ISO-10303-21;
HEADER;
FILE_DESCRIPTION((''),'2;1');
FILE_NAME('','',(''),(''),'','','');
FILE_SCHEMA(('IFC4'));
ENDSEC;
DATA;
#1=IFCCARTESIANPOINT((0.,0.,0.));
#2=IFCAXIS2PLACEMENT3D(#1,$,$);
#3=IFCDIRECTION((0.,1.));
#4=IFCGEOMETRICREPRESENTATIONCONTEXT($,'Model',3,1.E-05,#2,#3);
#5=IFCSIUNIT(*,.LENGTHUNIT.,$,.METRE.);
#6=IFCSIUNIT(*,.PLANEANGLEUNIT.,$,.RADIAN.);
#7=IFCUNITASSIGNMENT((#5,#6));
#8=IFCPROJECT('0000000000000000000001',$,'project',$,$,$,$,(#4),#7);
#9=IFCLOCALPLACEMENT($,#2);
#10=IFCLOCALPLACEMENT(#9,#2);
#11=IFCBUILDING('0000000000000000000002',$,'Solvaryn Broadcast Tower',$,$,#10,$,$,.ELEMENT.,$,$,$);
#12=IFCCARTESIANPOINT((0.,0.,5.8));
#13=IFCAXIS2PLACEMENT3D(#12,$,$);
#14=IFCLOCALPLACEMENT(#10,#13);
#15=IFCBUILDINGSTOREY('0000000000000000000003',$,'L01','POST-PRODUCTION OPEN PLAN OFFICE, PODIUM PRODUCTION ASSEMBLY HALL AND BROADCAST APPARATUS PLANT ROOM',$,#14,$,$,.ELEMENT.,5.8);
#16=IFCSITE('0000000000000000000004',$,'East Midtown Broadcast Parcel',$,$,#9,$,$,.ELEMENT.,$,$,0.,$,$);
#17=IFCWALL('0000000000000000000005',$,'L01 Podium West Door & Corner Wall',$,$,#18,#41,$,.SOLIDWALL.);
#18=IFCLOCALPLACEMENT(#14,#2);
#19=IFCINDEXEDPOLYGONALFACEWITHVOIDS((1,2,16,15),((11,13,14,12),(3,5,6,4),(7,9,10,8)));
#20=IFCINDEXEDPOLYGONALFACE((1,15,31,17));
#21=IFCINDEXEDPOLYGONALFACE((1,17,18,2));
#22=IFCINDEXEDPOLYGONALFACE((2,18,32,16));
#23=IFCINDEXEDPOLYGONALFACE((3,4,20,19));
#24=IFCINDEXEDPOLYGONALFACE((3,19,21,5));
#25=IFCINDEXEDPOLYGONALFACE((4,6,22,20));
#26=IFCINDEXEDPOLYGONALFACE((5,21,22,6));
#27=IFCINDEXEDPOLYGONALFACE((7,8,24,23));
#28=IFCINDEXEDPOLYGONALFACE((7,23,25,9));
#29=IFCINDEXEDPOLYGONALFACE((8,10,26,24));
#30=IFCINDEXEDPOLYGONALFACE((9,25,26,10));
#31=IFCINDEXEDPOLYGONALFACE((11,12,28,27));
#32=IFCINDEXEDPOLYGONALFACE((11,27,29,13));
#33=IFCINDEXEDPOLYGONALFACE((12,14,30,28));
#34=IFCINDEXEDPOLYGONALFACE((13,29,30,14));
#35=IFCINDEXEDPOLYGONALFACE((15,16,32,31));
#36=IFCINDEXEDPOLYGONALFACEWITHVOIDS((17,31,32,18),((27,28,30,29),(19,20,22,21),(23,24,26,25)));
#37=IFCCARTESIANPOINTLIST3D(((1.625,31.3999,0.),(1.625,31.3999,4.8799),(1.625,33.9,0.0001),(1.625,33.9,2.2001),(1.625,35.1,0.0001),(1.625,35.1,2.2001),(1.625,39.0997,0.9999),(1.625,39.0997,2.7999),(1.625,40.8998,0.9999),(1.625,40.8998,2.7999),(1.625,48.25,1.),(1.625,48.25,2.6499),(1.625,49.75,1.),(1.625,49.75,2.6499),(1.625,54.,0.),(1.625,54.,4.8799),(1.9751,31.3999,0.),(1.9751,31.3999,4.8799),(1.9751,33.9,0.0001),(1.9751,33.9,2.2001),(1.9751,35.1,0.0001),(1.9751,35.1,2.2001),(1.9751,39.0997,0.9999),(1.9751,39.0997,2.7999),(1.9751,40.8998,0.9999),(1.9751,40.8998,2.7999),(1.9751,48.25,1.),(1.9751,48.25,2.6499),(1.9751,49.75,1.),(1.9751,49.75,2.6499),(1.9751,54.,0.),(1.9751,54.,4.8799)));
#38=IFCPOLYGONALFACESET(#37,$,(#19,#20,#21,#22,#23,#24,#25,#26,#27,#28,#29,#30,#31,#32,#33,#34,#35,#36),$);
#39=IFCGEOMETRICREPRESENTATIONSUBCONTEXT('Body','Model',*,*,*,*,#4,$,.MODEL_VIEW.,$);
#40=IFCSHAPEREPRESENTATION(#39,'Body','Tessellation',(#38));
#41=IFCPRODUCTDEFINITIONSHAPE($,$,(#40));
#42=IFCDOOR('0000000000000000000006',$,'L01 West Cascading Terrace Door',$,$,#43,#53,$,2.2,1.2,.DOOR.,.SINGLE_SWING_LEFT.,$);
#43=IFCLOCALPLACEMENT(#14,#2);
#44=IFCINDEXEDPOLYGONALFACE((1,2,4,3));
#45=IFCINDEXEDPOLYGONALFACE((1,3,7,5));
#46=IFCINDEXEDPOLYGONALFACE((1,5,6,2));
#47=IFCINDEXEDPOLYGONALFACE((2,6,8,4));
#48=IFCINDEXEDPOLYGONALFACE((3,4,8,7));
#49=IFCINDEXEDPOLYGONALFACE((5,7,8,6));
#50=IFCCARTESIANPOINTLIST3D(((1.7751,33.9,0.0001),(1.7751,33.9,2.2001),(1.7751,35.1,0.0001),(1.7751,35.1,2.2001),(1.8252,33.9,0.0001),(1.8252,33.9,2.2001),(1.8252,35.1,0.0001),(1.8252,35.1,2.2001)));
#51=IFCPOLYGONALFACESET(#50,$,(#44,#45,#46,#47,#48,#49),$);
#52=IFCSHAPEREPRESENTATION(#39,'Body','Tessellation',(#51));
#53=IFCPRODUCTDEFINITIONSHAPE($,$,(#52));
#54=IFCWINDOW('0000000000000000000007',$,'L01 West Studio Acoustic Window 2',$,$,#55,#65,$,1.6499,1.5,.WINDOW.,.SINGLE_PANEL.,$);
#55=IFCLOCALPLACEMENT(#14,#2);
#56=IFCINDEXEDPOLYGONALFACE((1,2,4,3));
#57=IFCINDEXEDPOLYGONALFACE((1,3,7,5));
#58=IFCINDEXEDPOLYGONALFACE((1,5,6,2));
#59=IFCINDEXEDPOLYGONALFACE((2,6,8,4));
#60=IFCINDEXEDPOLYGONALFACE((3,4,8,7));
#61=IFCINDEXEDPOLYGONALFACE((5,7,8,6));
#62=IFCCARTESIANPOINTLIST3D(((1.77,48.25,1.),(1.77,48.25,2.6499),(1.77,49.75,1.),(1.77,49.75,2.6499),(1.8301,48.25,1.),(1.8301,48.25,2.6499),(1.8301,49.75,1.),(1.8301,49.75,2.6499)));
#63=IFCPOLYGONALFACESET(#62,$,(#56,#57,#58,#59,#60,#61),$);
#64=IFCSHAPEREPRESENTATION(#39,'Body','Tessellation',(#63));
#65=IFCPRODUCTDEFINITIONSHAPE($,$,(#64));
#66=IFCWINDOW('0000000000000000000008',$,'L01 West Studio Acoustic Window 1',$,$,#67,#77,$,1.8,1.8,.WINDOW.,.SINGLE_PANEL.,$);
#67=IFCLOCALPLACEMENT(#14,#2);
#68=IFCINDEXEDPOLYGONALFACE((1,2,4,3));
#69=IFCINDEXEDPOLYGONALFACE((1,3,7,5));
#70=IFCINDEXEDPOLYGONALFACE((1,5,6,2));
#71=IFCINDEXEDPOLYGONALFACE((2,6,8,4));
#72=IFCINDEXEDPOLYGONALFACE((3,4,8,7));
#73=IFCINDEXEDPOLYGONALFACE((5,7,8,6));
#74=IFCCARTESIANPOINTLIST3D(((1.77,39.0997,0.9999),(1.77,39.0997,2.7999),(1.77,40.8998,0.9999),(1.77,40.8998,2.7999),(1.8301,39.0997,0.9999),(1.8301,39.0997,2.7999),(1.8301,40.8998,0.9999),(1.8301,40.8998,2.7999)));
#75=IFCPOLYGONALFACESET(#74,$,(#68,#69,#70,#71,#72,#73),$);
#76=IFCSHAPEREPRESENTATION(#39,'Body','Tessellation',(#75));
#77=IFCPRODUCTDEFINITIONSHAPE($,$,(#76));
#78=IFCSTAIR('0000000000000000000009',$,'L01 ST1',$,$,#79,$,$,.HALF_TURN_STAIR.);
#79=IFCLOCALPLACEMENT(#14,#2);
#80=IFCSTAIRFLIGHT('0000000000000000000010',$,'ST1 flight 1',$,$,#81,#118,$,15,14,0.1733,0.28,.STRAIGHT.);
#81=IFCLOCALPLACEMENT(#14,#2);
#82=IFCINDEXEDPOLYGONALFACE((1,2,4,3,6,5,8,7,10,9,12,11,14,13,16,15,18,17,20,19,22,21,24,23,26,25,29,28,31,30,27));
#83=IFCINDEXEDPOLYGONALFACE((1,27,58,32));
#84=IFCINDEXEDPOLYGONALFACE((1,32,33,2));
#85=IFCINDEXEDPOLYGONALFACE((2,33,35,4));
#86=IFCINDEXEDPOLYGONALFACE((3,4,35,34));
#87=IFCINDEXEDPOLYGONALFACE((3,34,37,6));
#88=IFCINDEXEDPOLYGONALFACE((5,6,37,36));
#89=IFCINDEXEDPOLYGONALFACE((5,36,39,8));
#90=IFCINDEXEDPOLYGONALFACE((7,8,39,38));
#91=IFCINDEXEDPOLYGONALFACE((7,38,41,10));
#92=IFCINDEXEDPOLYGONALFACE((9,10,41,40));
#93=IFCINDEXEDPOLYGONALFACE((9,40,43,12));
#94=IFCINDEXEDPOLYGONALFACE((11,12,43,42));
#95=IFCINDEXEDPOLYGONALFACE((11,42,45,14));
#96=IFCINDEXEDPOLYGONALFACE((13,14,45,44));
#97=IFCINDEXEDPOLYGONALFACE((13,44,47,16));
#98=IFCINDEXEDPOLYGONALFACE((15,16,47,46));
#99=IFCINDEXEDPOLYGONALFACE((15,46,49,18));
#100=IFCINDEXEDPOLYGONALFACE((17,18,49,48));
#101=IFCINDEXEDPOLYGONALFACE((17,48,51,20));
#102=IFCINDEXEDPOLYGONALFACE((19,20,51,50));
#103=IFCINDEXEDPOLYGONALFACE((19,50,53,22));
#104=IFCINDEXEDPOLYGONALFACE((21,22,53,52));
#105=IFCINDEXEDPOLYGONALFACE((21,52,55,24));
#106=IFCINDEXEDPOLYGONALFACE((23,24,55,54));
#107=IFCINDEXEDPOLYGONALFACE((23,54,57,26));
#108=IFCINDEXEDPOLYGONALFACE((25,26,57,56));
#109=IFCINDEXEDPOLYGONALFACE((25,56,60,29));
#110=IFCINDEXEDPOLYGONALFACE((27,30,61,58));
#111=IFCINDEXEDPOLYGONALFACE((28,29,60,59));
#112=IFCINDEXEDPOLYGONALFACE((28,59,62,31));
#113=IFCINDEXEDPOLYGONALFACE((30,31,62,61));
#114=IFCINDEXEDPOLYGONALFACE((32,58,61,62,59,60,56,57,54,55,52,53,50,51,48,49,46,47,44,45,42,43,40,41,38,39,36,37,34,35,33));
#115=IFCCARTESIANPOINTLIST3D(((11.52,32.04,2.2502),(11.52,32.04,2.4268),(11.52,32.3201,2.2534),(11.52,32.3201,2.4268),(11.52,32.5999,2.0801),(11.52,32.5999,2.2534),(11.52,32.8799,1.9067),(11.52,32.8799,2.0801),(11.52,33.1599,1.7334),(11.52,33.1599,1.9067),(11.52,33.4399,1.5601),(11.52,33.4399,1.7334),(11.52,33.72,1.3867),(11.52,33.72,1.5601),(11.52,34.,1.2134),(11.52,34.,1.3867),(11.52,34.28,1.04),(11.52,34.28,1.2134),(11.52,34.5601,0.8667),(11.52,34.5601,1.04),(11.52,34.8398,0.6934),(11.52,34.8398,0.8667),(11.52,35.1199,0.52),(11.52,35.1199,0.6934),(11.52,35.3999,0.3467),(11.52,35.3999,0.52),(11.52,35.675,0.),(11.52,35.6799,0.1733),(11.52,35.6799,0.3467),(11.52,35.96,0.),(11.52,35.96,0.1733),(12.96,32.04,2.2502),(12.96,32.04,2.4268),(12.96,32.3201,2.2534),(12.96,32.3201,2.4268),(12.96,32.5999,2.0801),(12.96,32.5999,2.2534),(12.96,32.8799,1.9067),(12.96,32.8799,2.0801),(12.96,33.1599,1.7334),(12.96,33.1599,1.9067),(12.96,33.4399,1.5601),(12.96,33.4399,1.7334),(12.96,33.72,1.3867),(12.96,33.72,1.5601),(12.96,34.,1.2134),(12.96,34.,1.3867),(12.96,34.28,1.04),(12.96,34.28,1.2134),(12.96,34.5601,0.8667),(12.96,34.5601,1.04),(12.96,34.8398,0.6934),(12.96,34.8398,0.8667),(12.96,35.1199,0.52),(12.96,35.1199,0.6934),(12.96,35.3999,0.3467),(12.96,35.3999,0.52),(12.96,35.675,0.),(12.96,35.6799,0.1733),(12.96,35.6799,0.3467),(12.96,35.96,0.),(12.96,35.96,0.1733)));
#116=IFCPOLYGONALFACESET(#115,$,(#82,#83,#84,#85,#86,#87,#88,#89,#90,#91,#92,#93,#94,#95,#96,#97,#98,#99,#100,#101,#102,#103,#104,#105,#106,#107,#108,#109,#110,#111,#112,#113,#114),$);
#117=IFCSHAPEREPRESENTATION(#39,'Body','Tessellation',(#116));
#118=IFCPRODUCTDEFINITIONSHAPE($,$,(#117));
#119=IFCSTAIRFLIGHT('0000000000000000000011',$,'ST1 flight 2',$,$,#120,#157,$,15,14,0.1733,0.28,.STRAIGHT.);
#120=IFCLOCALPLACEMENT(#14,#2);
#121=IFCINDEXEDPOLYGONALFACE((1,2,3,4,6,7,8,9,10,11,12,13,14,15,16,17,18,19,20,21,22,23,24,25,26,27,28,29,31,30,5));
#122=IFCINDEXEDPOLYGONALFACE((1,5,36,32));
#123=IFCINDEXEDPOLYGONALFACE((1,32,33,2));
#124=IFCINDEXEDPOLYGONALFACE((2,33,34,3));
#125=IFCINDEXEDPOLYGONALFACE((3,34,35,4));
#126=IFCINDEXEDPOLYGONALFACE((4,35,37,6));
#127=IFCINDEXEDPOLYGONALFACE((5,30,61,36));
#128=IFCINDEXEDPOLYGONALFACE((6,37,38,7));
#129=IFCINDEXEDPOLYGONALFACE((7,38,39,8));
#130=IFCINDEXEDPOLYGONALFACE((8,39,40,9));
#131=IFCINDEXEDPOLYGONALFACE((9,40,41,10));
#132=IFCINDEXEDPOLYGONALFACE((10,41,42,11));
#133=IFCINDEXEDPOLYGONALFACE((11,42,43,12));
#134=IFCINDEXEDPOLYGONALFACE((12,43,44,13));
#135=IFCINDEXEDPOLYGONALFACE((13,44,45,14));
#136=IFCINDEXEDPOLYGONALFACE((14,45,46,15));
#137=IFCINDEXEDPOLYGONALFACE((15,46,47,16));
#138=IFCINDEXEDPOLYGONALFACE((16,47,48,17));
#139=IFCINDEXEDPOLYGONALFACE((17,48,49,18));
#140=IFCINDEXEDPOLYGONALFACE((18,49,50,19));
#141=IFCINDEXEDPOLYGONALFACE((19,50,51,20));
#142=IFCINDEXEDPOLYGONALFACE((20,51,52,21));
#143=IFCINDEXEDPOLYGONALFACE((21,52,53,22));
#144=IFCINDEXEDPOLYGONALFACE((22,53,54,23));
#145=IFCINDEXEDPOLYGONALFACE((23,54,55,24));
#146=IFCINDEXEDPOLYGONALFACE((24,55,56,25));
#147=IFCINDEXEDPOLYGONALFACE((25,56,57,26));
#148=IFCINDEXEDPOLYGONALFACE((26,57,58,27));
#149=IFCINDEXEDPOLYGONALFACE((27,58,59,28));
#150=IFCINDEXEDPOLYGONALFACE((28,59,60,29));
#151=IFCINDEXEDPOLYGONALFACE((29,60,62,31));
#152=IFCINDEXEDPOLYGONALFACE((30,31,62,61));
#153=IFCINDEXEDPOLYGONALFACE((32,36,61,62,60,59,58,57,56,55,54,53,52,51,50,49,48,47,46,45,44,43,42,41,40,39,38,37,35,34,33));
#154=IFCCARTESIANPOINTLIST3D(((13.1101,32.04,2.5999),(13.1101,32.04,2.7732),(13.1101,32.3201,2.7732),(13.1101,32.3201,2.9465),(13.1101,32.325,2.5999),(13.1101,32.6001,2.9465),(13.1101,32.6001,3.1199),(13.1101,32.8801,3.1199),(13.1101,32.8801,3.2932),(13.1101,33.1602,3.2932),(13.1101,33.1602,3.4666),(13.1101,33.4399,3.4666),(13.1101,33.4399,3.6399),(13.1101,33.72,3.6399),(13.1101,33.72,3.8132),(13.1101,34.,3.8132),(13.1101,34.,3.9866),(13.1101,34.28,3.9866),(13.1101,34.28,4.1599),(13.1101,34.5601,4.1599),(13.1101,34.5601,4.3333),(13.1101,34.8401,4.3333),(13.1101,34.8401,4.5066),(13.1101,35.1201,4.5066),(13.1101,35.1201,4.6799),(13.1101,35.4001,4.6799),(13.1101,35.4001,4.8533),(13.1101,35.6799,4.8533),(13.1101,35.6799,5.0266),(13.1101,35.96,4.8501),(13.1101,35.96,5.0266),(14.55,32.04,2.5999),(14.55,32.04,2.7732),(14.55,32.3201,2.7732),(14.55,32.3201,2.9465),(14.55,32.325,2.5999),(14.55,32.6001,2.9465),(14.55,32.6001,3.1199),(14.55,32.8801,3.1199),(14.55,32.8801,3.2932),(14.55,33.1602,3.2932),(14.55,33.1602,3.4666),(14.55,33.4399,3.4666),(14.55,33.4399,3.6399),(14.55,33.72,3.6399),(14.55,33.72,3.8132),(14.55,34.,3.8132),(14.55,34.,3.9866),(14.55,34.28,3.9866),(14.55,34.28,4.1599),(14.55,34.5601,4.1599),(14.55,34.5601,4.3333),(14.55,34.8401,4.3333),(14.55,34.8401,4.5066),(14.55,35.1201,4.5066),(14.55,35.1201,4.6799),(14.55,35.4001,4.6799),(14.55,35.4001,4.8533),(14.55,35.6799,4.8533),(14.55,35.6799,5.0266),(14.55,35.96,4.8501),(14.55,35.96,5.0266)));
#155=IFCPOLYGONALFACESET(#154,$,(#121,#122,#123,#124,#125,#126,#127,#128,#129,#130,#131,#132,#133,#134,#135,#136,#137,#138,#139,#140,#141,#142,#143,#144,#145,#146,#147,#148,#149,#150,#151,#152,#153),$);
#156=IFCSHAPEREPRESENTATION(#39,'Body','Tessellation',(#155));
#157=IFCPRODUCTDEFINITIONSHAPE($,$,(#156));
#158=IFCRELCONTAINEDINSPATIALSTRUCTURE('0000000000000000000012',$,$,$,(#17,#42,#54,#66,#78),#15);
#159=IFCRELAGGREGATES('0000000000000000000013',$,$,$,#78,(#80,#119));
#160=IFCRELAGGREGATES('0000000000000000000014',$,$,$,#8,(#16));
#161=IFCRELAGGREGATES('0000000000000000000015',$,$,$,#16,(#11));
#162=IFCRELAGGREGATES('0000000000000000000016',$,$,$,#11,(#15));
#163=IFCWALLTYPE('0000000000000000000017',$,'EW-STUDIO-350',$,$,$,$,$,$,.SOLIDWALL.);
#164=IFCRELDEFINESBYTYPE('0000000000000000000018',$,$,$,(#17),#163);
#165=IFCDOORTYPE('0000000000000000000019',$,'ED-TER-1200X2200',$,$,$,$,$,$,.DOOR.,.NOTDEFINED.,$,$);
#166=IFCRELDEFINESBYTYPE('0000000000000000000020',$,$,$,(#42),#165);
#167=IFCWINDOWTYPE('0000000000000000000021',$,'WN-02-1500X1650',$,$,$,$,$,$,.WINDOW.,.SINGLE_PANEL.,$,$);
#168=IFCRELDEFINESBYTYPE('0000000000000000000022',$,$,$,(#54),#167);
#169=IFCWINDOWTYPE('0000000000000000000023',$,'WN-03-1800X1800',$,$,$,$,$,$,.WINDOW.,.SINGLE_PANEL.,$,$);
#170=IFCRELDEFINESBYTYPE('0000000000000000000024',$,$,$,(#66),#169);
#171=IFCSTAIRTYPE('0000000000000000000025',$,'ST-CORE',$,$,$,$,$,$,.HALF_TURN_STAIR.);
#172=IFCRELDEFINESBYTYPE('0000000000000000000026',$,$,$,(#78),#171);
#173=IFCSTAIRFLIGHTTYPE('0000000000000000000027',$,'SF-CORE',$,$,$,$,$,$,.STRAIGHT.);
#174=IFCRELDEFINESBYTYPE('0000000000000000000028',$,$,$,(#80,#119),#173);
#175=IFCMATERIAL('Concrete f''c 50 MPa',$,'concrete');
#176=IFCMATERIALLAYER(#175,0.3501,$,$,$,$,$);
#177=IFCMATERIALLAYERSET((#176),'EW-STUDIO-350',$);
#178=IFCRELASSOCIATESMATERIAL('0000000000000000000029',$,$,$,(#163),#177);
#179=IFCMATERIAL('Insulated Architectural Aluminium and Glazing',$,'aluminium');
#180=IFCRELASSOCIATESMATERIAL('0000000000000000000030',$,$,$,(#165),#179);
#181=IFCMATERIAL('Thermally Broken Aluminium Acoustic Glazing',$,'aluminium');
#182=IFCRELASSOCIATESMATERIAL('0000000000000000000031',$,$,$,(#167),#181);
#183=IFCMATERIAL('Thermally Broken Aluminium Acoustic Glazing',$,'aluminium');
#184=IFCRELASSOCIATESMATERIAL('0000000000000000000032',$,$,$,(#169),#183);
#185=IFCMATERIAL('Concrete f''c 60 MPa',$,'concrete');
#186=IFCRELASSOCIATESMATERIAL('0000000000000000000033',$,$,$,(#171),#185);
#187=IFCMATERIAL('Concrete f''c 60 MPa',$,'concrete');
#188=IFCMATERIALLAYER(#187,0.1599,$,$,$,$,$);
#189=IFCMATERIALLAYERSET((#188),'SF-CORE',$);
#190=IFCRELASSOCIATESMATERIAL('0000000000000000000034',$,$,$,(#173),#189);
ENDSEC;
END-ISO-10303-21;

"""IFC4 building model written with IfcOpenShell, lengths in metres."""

from ifc_helpers import new_model, si_unit, direction, frame, frame_2d, origin, place, context, subcontext, project, spatial, polyline, rectangle, outline, extrude, material, layer, layer_set, type_object, element, fill, aggregate, save


model = new_model("IFC4")

# Units and contexts
model_context = context("Model", 3, precision=1e-05, world=origin(), true_north=direction((0.0, 1.0)))
body_context = subcontext(model_context, "Body", "Model", "MODEL_VIEW")
ifc_project = project(units=[si_unit("LENGTHUNIT", "METRE"), si_unit("PLANEANGLEUNIT", "RADIAN")], contexts=[model_context])

# Site, building, storey
site_placement = place(None, origin())
site = spatial("IfcSite", under=ifc_project, at=site_placement, Name="East Midtown Broadcast Parcel", CompositionType="ELEMENT", RefElevation=0.0)
building_placement = place(site_placement, origin())
building = spatial("IfcBuilding", under=site, at=building_placement, Name="Solvaryn Broadcast Tower", CompositionType="ELEMENT")
storey_placement = place(building_placement, frame((0.0, 0.0, 5.8)))
storey = spatial("IfcBuildingStorey", under=building, at=storey_placement, Name="L01", Description="POST-PRODUCTION OPEN PLAN OFFICE, PODIUM PRODUCTION ASSEMBLY HALL AND BROADCAST APPARATUS PLANT ROOM", CompositionType="ELEMENT", Elevation=5.8)

# Wall, openings, door, windows
ifc_material_1 = material(Name="Concrete f'c 50 MPa", Category="concrete")
ifc_layer_1 = layer(ifc_material_1, 0.3501)
ifc_layer_set_1 = layer_set([ifc_layer_1], Name="EW-STUDIO-350")
wall_type = type_object("IfcWallType", Name="EW-STUDIO-350", PredefinedType="SOLIDWALL", material=ifc_layer_set_1)
wall_placement = place(storey_placement, frame((1.8, 31.3999, 0.0), z_axis=(0.0, 0.0, 1.0), x_axis=(0.0, 1.0, 0.0)))
wall = element("IfcWall", 1, at=wall_placement, inside=storey, type_object=wall_type, Name="L01 Podium West Door & Corner Wall", PredefinedType="SOLIDWALL", context=body_context, shape_type="SweptSolid", body=[
    extrude(rectangle(XDim=22.6001, YDim=0.3501, at=frame_2d((11.3, 0.0))), origin(), (0.0, 0.0, 1.0), 4.8799),
])
opening_1_placement = place(wall_placement, frame((2.5, 0.0, 0.0)))
opening_1 = element("IfcOpeningElement", 2, at=opening_1_placement, cuts=wall, PredefinedType="OPENING", context=body_context, shape_type="SweptSolid", body=[
    extrude(rectangle(XDim=1.2, YDim=2.2, at=frame_2d((0.6001, 1.1001))), frame((0.0, 0.1851, 0.0), z_axis=(0.0, -1.0, 0.0), x_axis=(1.0, 0.0, 0.0)), (0.0, 0.0, 1.0), 0.3701),
])
opening_2_placement = place(wall_placement, frame((7.7, 0.0, 1.0)))
opening_2 = element("IfcOpeningElement", 3, at=opening_2_placement, cuts=wall, PredefinedType="OPENING", context=body_context, shape_type="SweptSolid", body=[
    extrude(rectangle(XDim=1.8, YDim=1.8, at=frame_2d((0.8999, 0.8999))), frame((0.0, 0.1851, 0.0), z_axis=(0.0, -1.0, 0.0), x_axis=(1.0, 0.0, 0.0)), (0.0, 0.0, 1.0), 0.3701),
])
opening_3_placement = place(wall_placement, frame((16.8501, 0.0, 1.0)))
opening_3 = element("IfcOpeningElement", 4, at=opening_3_placement, cuts=wall, PredefinedType="OPENING", context=body_context, shape_type="SweptSolid", body=[
    extrude(rectangle(XDim=1.5, YDim=1.6499, at=frame_2d((0.75, 0.825))), frame((0.0, 0.1851, 0.0), z_axis=(0.0, -1.0, 0.0), x_axis=(1.0, 0.0, 0.0)), (0.0, 0.0, 1.0), 0.3701),
])
ifc_material_2 = material(Name="Insulated Architectural Aluminium and Glazing", Category="aluminium")
door_type = type_object("IfcDoorType", Name="ED-TER-1200X2200", OperationType="NOTDEFINED", PredefinedType="DOOR", material=ifc_material_2)
door_placement = place(opening_1_placement, origin())
door = element("IfcDoor", 5, at=door_placement, inside=storey, type_object=door_type, Name="L01 West Cascading Terrace Door", OperationType="SINGLE_SWING_LEFT", OverallHeight=2.2, OverallWidth=1.2, PredefinedType="DOOR", context=body_context, shape_type="SweptSolid", body=[
    extrude(rectangle(XDim=1.2, YDim=2.2, at=frame_2d((0.6001, 1.1001))), frame((0.0, 0.0249, 0.0), z_axis=(0.0, -1.0, 0.0), x_axis=(1.0, 0.0, 0.0)), (0.0, 0.0, 1.0), 0.05),
])
fill(opening_1, door)
ifc_material_3 = material(Name="Thermally Broken Aluminium Acoustic Glazing", Category="aluminium")
window_type_1 = type_object("IfcWindowType", Name="WN-02-1500X1650", PartitioningType="SINGLE_PANEL", PredefinedType="WINDOW", material=ifc_material_3)
window_1_placement = place(opening_3_placement, origin())
window_1 = element("IfcWindow", 6, at=window_1_placement, inside=storey, type_object=window_type_1, Name="L01 West Studio Acoustic Window 2", OverallHeight=1.6499, OverallWidth=1.5, PartitioningType="SINGLE_PANEL", PredefinedType="WINDOW", context=body_context, shape_type="SweptSolid", body=[
    extrude(rectangle(XDim=1.5, YDim=1.6499, at=frame_2d((0.75, 0.825))), frame((0.0, 0.03, 0.0), z_axis=(0.0, -1.0, 0.0), x_axis=(1.0, 0.0, 0.0)), (0.0, 0.0, 1.0), 0.0601),
])
fill(opening_3, window_1)
ifc_material_4 = material(Name="Thermally Broken Aluminium Acoustic Glazing", Category="aluminium")
window_type_2 = type_object("IfcWindowType", Name="WN-03-1800X1800", PartitioningType="SINGLE_PANEL", PredefinedType="WINDOW", material=ifc_material_4)
window_2_placement = place(opening_2_placement, origin())
window_2 = element("IfcWindow", 7, at=window_2_placement, inside=storey, type_object=window_type_2, Name="L01 West Studio Acoustic Window 1", OverallHeight=1.8, OverallWidth=1.8, PartitioningType="SINGLE_PANEL", PredefinedType="WINDOW", context=body_context, shape_type="SweptSolid", body=[
    extrude(rectangle(XDim=1.8, YDim=1.8, at=frame_2d((0.8999, 0.8999))), frame((0.0, 0.03, 0.0), z_axis=(0.0, -1.0, 0.0), x_axis=(1.0, 0.0, 0.0)), (0.0, 0.0, 1.0), 0.0601),
])
fill(opening_2, window_2)

# Stair, stair flights
ifc_material_5 = material(Name="Concrete f'c 60 MPa", Category="concrete")
stair_type = type_object("IfcStairType", Name="ST-CORE", PredefinedType="HALF_TURN_STAIR", material=ifc_material_5)
stair_placement = place(storey_placement, origin())
stair = element("IfcStair", 8, at=stair_placement, inside=storey, type_object=stair_type, Name="L01 ST1", PredefinedType="HALF_TURN_STAIR")
ifc_material_6 = material(Name="Concrete f'c 60 MPa", Category="concrete")
ifc_layer_2 = layer(ifc_material_6, 0.1599)
ifc_layer_set_2 = layer_set([ifc_layer_2], Name="SF-CORE")
stair_flight_type = type_object("IfcStairFlightType", Name="SF-CORE", PredefinedType="STRAIGHT", material=ifc_layer_set_2)
stair_flight_1_placement = place(storey_placement, frame((12.24, 35.96, 0.0), z_axis=(0.0, 0.0, 1.0), x_axis=(0.0, -1.0, 0.0)))
stair_flight_1 = element("IfcStairFlight", 9, at=stair_flight_1_placement, type_object=stair_flight_type, Name="ST1 flight 1", NumberOfRisers=15, NumberOfTreads=14, PredefinedType="STRAIGHT", RiserHeight=0.1733, TreadLength=0.28, context=body_context, shape_type="SweptSolid", body=[
    extrude(outline(polyline([(0.0, 0.0), (0.0, 0.1733), (0.28, 0.1733), (0.28, 0.3467), (0.5601, 0.3467), (0.5601, 0.52), (0.8401, 0.52), (0.8401, 0.6934), (1.1201, 0.6934), (1.1201, 0.8667), (1.3999, 0.8667), (1.3999, 1.04), (1.6799, 1.04), (1.6799, 1.2134), (1.96, 1.2134), (1.96, 1.3867), (2.24, 1.3867), (2.24, 1.5601), (2.52, 1.5601), (2.52, 1.7334), (2.8, 1.7334), (2.8, 1.9067), (3.0801, 1.9067), (3.0801, 2.0801), (3.3601, 2.0801), (3.3601, 2.2534), (3.6399, 2.2534), (3.6399, 2.4268), (3.9199, 2.4268), (3.9199, 2.6001), (3.9199, 2.2502), (0.2849, 0.0), (0.0, 0.0)])), frame((0.0, 0.72, 0.0), z_axis=(0.0, -1.0, 0.0), x_axis=(1.0, 0.0, 0.0)), (0.0, 0.0, 1.0), 1.4399),
])
stair_flight_2_placement = place(storey_placement, frame((13.8301, 32.04, 2.5999), z_axis=(0.0, 0.0, 1.0), x_axis=(0.0, 1.0, 0.0)))
stair_flight_2 = element("IfcStairFlight", 10, at=stair_flight_2_placement, type_object=stair_flight_type, Name="ST1 flight 2", NumberOfRisers=15, NumberOfTreads=14, PredefinedType="STRAIGHT", RiserHeight=0.1733, TreadLength=0.28, context=body_context, shape_type="SweptSolid", body=[
    extrude(outline(polyline([(0.0, 0.0), (0.0, 0.1733), (0.28, 0.1733), (0.28, 0.3467), (0.5601, 0.3467), (0.5601, 0.52), (0.8401, 0.52), (0.8401, 0.6934), (1.1201, 0.6934), (1.1201, 0.8667), (1.3999, 0.8667), (1.3999, 1.04), (1.6799, 1.04), (1.6799, 1.2134), (1.96, 1.2134), (1.96, 1.3867), (2.24, 1.3867), (2.24, 1.5601), (2.52, 1.5601), (2.52, 1.7334), (2.8, 1.7334), (2.8, 1.9067), (3.0801, 1.9067), (3.0801, 2.0801), (3.3601, 2.0801), (3.3601, 2.2534), (3.6399, 2.2534), (3.6399, 2.4268), (3.9199, 2.4268), (3.9199, 2.6001), (3.9199, 2.2502), (0.2849, 0.0), (0.0, 0.0)])), frame((0.0, 0.72, 0.0), z_axis=(0.0, -1.0, 0.0), x_axis=(1.0, 0.0, 0.0)), (0.0, 0.0, 1.0), 1.4399),
])
aggregate(stair, [stair_flight_1, stair_flight_2])

save(model, "model.ifc")
